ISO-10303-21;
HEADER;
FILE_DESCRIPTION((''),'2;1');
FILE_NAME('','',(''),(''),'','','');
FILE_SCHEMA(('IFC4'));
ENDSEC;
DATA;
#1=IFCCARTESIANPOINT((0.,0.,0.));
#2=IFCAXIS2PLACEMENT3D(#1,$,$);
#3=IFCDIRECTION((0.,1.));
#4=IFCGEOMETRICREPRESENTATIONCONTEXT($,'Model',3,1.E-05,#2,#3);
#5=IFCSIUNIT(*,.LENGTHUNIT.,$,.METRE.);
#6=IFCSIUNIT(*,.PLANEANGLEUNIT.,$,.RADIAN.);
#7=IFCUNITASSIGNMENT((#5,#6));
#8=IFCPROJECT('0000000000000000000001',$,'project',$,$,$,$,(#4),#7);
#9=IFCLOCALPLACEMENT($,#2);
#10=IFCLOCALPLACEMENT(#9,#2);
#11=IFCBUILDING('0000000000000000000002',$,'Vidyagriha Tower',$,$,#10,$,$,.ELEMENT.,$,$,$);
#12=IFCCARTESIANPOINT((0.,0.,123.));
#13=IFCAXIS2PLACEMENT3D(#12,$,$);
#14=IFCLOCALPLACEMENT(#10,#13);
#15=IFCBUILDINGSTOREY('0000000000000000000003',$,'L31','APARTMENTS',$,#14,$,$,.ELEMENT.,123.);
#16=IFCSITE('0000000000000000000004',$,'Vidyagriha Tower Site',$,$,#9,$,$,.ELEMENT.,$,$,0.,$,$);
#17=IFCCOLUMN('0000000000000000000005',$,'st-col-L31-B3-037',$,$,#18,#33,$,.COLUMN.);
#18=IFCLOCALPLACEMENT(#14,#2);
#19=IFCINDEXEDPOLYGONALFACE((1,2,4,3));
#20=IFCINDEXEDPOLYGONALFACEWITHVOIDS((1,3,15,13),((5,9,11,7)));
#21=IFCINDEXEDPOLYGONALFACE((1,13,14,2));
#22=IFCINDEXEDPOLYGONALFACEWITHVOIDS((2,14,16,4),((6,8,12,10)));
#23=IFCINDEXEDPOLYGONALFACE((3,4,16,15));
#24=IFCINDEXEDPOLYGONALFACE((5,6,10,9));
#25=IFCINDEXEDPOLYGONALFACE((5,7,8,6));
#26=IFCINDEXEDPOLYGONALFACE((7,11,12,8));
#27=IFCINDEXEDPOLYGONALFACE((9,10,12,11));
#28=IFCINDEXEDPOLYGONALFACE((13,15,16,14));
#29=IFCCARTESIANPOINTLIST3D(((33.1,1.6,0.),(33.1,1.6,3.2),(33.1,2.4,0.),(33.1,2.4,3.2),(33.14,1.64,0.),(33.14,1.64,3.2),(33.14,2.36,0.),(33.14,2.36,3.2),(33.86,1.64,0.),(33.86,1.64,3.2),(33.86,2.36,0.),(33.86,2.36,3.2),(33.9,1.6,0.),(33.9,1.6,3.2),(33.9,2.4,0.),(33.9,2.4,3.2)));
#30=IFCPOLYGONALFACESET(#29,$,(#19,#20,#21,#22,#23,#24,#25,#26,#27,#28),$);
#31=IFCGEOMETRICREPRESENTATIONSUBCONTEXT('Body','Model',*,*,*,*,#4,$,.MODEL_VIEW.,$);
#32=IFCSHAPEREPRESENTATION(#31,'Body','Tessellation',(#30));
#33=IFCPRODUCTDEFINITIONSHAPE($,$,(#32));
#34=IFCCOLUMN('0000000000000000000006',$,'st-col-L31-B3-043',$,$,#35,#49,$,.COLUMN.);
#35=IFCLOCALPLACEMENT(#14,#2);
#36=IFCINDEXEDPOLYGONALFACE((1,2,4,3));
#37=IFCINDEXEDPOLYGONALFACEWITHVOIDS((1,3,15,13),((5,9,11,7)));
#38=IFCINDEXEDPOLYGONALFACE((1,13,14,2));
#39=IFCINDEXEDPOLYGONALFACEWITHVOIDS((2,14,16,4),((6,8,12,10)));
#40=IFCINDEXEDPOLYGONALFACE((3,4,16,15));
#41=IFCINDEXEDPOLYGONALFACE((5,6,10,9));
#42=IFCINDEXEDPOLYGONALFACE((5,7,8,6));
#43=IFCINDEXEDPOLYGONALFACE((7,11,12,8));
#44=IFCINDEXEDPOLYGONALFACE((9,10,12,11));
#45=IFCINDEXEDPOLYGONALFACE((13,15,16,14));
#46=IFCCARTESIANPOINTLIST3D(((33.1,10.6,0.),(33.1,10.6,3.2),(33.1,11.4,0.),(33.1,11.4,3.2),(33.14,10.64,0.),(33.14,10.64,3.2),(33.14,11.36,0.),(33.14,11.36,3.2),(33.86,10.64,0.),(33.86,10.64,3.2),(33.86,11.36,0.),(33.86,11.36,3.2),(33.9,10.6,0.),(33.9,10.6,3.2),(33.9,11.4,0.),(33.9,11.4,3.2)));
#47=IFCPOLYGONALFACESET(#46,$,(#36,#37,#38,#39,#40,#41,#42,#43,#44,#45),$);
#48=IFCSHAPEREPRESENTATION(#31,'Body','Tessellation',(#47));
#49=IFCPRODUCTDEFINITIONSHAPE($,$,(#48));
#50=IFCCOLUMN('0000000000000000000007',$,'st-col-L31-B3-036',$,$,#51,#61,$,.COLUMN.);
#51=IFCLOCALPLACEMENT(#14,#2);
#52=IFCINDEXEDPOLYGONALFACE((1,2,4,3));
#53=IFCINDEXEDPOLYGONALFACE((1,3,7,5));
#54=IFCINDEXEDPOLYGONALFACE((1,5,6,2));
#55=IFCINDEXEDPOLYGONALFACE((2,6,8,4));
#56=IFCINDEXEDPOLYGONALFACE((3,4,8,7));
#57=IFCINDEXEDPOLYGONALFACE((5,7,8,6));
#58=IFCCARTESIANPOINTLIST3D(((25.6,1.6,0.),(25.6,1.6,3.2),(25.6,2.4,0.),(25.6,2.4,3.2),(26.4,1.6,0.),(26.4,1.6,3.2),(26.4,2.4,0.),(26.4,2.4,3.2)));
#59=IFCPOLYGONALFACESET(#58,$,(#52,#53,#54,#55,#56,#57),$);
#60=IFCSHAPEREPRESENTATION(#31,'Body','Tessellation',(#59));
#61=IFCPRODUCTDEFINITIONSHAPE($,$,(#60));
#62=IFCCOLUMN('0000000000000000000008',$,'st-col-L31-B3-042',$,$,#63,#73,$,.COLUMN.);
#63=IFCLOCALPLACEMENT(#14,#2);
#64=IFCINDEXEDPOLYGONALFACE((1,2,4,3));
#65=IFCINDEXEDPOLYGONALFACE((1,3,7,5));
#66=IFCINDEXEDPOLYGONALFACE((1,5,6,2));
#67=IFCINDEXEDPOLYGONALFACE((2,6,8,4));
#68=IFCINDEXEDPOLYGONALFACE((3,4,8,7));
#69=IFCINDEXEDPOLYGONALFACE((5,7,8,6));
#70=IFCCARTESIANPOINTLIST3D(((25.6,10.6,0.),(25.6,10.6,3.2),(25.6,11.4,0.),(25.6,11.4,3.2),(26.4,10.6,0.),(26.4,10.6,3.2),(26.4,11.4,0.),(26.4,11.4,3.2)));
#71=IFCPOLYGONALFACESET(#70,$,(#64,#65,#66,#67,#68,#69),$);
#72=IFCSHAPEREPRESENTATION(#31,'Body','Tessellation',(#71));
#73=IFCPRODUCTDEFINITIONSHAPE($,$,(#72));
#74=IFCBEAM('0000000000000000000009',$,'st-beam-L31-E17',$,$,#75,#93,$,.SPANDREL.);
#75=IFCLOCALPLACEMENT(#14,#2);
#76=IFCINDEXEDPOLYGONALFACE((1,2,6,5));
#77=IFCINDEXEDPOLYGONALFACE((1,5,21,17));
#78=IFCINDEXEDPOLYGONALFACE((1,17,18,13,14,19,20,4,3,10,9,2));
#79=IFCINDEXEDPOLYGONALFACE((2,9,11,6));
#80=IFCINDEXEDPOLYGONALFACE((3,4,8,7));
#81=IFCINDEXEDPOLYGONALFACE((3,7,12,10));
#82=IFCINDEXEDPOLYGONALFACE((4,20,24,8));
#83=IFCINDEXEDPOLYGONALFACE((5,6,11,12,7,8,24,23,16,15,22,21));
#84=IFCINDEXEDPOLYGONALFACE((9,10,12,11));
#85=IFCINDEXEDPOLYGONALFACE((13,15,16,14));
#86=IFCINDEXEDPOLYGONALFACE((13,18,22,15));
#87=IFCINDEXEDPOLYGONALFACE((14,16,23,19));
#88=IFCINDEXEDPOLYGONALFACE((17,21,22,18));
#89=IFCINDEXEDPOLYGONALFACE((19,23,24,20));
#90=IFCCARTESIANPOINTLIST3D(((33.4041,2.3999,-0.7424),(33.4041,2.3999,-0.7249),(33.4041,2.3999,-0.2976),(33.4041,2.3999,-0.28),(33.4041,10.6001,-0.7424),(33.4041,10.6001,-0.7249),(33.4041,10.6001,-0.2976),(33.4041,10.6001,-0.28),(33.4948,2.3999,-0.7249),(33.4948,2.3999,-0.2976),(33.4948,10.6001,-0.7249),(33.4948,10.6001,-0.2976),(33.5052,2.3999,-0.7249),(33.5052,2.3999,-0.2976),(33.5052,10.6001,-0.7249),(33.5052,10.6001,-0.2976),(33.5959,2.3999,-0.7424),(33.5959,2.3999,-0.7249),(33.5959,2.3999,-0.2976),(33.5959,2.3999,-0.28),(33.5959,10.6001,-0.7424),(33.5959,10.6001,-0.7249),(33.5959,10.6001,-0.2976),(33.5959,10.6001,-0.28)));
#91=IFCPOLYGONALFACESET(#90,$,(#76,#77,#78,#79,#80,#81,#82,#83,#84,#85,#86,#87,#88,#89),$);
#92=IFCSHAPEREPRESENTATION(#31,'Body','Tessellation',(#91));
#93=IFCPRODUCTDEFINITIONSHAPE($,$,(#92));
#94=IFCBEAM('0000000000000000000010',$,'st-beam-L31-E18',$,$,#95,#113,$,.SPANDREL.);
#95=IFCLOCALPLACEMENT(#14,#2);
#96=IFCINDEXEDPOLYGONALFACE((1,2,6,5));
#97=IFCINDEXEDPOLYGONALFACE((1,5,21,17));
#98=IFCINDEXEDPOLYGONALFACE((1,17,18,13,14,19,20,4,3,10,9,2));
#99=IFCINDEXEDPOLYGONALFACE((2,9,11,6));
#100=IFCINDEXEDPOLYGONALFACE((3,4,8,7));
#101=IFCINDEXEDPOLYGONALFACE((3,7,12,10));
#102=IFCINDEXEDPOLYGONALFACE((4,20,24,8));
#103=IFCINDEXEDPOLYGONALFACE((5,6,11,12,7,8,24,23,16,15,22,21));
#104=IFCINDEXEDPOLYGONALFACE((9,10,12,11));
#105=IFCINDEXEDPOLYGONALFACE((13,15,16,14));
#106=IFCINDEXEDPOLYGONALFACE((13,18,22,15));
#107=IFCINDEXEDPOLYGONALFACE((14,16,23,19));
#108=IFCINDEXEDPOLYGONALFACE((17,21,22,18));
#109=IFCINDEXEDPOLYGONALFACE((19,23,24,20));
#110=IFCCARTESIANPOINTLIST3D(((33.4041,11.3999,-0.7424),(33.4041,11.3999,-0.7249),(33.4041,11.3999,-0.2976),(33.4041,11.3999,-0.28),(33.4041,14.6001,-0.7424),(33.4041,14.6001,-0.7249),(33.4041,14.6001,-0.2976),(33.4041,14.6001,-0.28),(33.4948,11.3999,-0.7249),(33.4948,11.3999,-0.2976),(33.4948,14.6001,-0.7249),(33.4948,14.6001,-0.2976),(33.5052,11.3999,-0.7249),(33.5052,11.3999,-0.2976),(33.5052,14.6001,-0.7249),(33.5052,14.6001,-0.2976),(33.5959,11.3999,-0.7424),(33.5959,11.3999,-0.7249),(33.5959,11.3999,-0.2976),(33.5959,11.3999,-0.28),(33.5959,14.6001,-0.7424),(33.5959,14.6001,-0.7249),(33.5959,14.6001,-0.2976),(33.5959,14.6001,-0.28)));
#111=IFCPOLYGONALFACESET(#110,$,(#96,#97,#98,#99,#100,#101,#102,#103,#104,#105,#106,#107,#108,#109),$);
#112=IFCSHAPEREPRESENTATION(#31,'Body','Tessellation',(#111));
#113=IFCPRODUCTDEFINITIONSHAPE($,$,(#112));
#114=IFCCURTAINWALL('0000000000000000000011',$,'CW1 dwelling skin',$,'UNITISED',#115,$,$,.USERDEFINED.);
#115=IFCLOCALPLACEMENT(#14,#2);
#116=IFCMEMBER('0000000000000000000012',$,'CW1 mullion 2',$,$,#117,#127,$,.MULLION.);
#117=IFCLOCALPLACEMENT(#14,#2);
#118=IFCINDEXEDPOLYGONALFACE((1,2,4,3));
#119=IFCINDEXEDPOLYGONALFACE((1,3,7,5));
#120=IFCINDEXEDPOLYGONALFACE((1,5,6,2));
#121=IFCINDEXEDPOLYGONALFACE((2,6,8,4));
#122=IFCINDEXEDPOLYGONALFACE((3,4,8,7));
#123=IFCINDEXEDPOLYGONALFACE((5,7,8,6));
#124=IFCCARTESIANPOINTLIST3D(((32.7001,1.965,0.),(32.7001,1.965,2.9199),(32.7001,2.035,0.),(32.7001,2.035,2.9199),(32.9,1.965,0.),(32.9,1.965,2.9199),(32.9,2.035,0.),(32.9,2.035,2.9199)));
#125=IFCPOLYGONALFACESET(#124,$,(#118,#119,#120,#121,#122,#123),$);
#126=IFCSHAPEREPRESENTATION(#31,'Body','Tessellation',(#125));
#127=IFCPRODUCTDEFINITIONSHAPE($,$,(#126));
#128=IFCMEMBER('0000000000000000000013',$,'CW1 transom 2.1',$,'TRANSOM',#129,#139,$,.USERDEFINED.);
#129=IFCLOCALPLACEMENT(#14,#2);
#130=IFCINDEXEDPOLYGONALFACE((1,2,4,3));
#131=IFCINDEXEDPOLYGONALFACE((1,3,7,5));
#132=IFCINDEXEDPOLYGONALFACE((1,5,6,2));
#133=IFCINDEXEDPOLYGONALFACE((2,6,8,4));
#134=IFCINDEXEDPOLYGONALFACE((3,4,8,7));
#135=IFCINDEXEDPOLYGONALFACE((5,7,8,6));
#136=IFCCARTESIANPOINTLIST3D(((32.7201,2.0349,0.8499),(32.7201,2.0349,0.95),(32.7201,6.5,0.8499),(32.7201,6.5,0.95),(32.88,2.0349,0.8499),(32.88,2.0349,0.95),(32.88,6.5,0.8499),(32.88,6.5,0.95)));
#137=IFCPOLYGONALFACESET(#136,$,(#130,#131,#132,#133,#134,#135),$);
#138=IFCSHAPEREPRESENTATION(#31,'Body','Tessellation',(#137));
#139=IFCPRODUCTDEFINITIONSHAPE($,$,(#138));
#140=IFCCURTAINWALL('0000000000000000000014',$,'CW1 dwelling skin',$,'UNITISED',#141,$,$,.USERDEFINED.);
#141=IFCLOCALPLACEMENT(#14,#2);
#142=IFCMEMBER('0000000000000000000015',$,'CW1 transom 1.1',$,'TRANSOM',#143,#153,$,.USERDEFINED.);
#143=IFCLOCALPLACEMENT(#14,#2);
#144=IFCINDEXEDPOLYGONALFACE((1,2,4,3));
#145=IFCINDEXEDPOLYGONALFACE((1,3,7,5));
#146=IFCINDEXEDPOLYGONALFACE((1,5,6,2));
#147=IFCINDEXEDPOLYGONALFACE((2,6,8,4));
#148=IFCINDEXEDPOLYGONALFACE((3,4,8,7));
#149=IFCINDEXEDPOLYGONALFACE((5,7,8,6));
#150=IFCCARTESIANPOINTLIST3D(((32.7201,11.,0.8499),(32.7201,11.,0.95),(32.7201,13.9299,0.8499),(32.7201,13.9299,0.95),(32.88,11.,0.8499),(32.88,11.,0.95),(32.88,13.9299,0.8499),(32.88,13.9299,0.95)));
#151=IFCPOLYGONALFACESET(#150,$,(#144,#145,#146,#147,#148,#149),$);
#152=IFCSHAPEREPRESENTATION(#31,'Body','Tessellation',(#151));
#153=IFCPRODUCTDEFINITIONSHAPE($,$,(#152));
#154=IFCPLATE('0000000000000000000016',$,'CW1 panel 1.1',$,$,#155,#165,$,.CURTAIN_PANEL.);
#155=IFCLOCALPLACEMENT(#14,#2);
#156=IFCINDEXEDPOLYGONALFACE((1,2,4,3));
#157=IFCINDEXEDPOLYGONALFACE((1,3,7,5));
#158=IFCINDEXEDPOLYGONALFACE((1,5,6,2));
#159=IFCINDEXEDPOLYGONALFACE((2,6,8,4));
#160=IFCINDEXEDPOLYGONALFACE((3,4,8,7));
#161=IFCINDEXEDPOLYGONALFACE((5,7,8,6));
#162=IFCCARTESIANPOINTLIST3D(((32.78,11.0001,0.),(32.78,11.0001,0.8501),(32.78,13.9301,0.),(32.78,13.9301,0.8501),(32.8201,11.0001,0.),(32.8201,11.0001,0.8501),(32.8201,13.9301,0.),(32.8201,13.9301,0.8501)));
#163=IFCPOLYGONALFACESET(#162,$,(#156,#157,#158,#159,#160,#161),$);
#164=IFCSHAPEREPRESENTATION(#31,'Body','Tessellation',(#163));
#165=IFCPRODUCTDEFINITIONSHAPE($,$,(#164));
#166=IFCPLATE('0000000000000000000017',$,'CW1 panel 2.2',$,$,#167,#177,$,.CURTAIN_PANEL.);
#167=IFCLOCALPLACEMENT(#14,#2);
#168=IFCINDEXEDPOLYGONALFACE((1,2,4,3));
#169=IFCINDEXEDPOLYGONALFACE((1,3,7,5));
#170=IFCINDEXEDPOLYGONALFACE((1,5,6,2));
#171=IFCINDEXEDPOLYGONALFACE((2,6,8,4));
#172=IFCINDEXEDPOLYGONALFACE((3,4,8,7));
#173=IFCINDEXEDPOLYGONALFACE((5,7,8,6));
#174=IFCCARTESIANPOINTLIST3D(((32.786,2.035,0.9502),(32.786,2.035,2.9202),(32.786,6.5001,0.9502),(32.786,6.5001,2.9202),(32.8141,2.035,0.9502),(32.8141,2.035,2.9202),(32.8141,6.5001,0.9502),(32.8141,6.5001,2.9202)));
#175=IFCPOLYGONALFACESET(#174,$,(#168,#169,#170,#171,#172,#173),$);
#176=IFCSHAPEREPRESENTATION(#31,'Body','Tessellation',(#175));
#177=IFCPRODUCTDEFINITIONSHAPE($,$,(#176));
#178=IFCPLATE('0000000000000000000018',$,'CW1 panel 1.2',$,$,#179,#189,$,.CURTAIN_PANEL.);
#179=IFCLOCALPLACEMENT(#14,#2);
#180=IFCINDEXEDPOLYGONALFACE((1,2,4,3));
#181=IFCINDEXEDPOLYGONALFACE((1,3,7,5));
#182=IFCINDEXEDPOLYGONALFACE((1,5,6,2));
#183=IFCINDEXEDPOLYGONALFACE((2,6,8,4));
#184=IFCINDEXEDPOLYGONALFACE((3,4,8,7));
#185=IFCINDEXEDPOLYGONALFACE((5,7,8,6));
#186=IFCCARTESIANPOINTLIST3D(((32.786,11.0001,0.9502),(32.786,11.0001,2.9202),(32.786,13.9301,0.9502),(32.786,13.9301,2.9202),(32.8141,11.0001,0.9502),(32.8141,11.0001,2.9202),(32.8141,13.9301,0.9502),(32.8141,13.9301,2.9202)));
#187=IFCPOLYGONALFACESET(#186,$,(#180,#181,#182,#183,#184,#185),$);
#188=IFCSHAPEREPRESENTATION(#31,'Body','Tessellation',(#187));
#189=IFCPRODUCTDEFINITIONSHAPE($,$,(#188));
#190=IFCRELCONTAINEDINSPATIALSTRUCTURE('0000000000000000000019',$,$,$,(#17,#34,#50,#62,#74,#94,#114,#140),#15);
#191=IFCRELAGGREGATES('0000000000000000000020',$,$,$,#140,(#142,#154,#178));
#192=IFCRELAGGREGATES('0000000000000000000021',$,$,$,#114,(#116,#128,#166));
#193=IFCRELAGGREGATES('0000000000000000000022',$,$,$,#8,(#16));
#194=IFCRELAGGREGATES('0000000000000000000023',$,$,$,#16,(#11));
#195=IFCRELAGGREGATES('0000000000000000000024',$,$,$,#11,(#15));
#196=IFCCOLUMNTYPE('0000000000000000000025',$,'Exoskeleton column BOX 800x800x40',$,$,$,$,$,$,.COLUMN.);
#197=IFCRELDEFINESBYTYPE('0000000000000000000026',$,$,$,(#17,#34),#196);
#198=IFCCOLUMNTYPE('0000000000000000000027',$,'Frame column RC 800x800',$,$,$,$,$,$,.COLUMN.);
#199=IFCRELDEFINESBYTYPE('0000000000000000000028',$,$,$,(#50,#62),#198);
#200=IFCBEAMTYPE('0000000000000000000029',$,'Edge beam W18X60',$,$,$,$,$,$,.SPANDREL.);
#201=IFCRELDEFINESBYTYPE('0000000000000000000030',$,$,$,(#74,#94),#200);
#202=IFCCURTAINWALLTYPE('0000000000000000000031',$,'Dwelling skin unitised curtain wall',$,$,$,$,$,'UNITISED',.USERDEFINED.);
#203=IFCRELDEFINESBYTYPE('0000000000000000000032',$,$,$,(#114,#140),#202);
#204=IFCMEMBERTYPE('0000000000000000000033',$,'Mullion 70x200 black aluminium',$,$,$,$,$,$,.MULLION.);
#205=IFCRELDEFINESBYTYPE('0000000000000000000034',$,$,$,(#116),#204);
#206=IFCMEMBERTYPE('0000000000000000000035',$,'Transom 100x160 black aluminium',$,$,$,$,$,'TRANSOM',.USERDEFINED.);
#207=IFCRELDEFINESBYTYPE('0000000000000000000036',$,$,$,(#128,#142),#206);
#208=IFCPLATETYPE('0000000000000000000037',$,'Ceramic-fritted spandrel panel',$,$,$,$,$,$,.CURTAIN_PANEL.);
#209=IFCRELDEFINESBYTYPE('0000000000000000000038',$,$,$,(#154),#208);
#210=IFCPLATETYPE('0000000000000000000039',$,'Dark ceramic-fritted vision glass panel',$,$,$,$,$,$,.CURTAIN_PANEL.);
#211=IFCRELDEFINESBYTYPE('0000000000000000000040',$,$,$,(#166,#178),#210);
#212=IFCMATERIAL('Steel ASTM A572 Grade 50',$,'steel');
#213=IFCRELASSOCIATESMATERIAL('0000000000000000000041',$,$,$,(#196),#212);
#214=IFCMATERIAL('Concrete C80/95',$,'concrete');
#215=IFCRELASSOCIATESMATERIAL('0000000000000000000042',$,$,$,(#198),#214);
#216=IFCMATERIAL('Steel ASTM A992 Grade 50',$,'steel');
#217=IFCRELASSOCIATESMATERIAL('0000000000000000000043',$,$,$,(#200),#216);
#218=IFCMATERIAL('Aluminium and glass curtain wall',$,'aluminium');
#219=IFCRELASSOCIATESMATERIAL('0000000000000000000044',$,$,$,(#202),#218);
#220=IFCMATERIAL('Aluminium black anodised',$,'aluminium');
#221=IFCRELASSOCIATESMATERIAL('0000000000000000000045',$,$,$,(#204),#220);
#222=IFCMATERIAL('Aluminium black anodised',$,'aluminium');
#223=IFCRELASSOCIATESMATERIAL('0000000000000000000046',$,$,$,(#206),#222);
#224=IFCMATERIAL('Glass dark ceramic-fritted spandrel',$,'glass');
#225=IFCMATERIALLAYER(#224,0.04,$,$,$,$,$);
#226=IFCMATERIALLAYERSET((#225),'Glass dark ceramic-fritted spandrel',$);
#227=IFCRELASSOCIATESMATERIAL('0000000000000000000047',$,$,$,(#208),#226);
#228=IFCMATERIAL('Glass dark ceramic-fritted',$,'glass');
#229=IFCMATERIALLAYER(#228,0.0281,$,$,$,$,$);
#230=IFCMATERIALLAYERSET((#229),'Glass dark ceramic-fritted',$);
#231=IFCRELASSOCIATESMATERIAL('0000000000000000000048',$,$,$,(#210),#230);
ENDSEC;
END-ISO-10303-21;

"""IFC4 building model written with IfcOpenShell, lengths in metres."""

from ifc_helpers import new_model, si_unit, direction, frame, origin, origin_2d, place, context, subcontext, project, spatial, rectangle, hollow_rectangle, i_section, extrude, material, layer, layer_set, material_profile, profile_set, type_object, element, aggregate, save


model = new_model("IFC4")

# Units and contexts
model_context = context("Model", 3, precision=1e-05, world=origin(), true_north=direction((0.0, 1.0)))
body_context = subcontext(model_context, "Body", "Model", "MODEL_VIEW")
ifc_project = project(units=[si_unit("LENGTHUNIT", "METRE"), si_unit("PLANEANGLEUNIT", "RADIAN")], contexts=[model_context])

# Site, building, storey
site_placement = place(None, origin())
site = spatial("IfcSite", under=ifc_project, at=site_placement, Name="Vidyagriha Tower Site", CompositionType="ELEMENT", RefElevation=0.0)
building_placement = place(site_placement, origin())
building = spatial("IfcBuilding", under=site, at=building_placement, Name="Vidyagriha Tower", CompositionType="ELEMENT")
storey_placement = place(building_placement, frame((0.0, 0.0, 123.0)))
storey = spatial("IfcBuildingStorey", under=building, at=storey_placement, Name="L31", Description="APARTMENTS", CompositionType="ELEMENT", Elevation=123.0)

# Columns
ifc_material_1 = material(Name="Steel ASTM A572 Grade 50", Category="steel")
ifc_material_profile_1 = material_profile(ifc_material_1, hollow_rectangle(XDim=0.8, YDim=0.8, WallThickness=0.04, at=origin_2d()), Name="BOX 800x800x40")
ifc_profile_set_1 = profile_set([ifc_material_profile_1], Name="Steel ASTM A572 Grade 50")
column_type_1 = type_object("IfcColumnType", Name="Exoskeleton column BOX 800x800x40", PredefinedType="COLUMN", material=ifc_profile_set_1)
for number, where, name in (
    (1, (33.5, 2.0, 0.0), "st-col-L31-B3-037"),
    (2, (33.5, 11.0, 0.0), "st-col-L31-B3-043"),
):
    element("IfcColumn", number, at=place(storey_placement, frame(where)), inside=storey, type_object=column_type_1, Name=name, PredefinedType="COLUMN", context=body_context, shape_type="SweptSolid", body=[
        extrude(hollow_rectangle(XDim=0.8, YDim=0.8, WallThickness=0.04, at=origin_2d()), origin(), (0.0, 0.0, 1.0), 3.2),
    ])
ifc_material_2 = material(Name="Concrete C80/95", Category="concrete")
ifc_material_profile_2 = material_profile(ifc_material_2, rectangle(XDim=0.8, YDim=0.8, at=origin_2d()), Name="RC 800x800")
ifc_profile_set_2 = profile_set([ifc_material_profile_2], Name="Concrete C80/95")
column_type_2 = type_object("IfcColumnType", Name="Frame column RC 800x800", PredefinedType="COLUMN", material=ifc_profile_set_2)
for number, where, name in (
    (3, (26.0, 2.0, 0.0), "st-col-L31-B3-036"),
    (4, (26.0, 11.0, 0.0), "st-col-L31-B3-042"),
):
    element("IfcColumn", number, at=place(storey_placement, frame(where)), inside=storey, type_object=column_type_2, Name=name, PredefinedType="COLUMN", context=body_context, shape_type="SweptSolid", body=[
        extrude(rectangle(XDim=0.8, YDim=0.8, at=origin_2d()), origin(), (0.0, 0.0, 1.0), 3.2),
    ])

# Beams
ifc_material_3 = material(Name="Steel ASTM A992 Grade 50", Category="steel")
ifc_material_profile_3 = material_profile(ifc_material_3, i_section(OverallWidth=0.1919, OverallDepth=0.4624, WebThickness=0.0105, FlangeThickness=0.0176, at=origin_2d()), Name="W18X60")
ifc_profile_set_3 = profile_set([ifc_material_profile_3], Name="Steel ASTM A992 Grade 50")
beam_type = type_object("IfcBeamType", Name="Edge beam W18X60", PredefinedType="SPANDREL", material=ifc_profile_set_3)
beam_1_placement = place(storey_placement, frame((33.5, 2.3999, -0.5112), z_axis=(0.0, 1.0, 0.0), x_axis=(-1.0, 0.0, 0.0)))
element("IfcBeam", 5, at=beam_1_placement, inside=storey, type_object=beam_type, Name="st-beam-L31-E17", PredefinedType="SPANDREL", context=body_context, shape_type="SweptSolid", body=[
    extrude(i_section(OverallWidth=0.1919, OverallDepth=0.4624, WebThickness=0.0105, FlangeThickness=0.0176, at=origin_2d()), origin(), (0.0, 0.0, 1.0), 8.2002),
])
beam_2_placement = place(storey_placement, frame((33.5, 11.3999, -0.5112), z_axis=(0.0, 1.0, 0.0), x_axis=(-1.0, 0.0, 0.0)))
element("IfcBeam", 6, at=beam_2_placement, inside=storey, type_object=beam_type, Name="st-beam-L31-E18", PredefinedType="SPANDREL", context=body_context, shape_type="SweptSolid", body=[
    extrude(i_section(OverallWidth=0.1919, OverallDepth=0.4624, WebThickness=0.0105, FlangeThickness=0.0176, at=origin_2d()), origin(), (0.0, 0.0, 1.0), 3.2002),
])

# Curtain wall, members
ifc_material_4 = material(Name="Aluminium and glass curtain wall", Category="aluminium")
curtain_wall_type = type_object("IfcCurtainWallType", Name="Dwelling skin unitised curtain wall", ElementType="UNITISED", PredefinedType="USERDEFINED", material=ifc_material_4)
curtain_wall_1_placement = place(storey_placement, origin())
curtain_wall_1 = element("IfcCurtainWall", 7, at=curtain_wall_1_placement, inside=storey, type_object=curtain_wall_type, Name="CW1 dwelling skin", ObjectType="UNITISED", PredefinedType="USERDEFINED")
ifc_material_5 = material(Name="Aluminium black anodised", Category="aluminium")
ifc_material_profile_4 = material_profile(ifc_material_5, rectangle(XDim=0.2, YDim=0.0701, at=origin_2d()), Name="Mullion 70x200 black aluminium")
ifc_profile_set_4 = profile_set([ifc_material_profile_4], Name="Aluminium black anodised")
member_type_1 = type_object("IfcMemberType", Name="Mullion 70x200 black aluminium", PredefinedType="MULLION", material=ifc_profile_set_4)
member_1_placement = place(storey_placement, frame((32.8, 2.0, 0.0), z_axis=(0.0, 0.0, 1.0), x_axis=(-1.0, 0.0, 0.0)))
member_1 = element("IfcMember", 8, at=member_1_placement, type_object=member_type_1, Name="CW1 mullion 2", PredefinedType="MULLION", context=body_context, shape_type="SweptSolid", body=[
    extrude(rectangle(XDim=0.2, YDim=0.0701, at=origin_2d()), origin(), (0.0, 0.0, 1.0), 2.9199),
])
ifc_material_6 = material(Name="Aluminium black anodised", Category="aluminium")
ifc_material_profile_5 = material_profile(ifc_material_6, rectangle(XDim=0.1599, YDim=0.1001, at=origin_2d()), Name="Transom 100x160 black aluminium")
ifc_profile_set_5 = profile_set([ifc_material_profile_5], Name="Aluminium black anodised")
member_type_2 = type_object("IfcMemberType", Name="Transom 100x160 black aluminium", ElementType="TRANSOM", PredefinedType="USERDEFINED", material=ifc_profile_set_5)
member_2_placement = place(storey_placement, frame((32.8, 2.0349, 0.8999), z_axis=(0.0, 1.0, 0.0), x_axis=(-1.0, 0.0, 0.0)))
member_2 = element("IfcMember", 9, at=member_2_placement, type_object=member_type_2, Name="CW1 transom 2.1", ObjectType="TRANSOM", PredefinedType="USERDEFINED", context=body_context, shape_type="SweptSolid", body=[
    extrude(rectangle(XDim=0.1599, YDim=0.1001, at=origin_2d()), origin(), (0.0, 0.0, 1.0), 4.4651),
])

# Curtain wall, member, plate
curtain_wall_2_placement = place(storey_placement, origin())
curtain_wall_2 = element("IfcCurtainWall", 10, at=curtain_wall_2_placement, inside=storey, type_object=curtain_wall_type, Name="CW1 dwelling skin", ObjectType="UNITISED", PredefinedType="USERDEFINED")
member_3_placement = place(storey_placement, frame((32.8, 11.0, 0.8999), z_axis=(0.0, 1.0, 0.0), x_axis=(-1.0, 0.0, 0.0)))
member_3 = element("IfcMember", 11, at=member_3_placement, type_object=member_type_2, Name="CW1 transom 1.1", ObjectType="TRANSOM", PredefinedType="USERDEFINED", context=body_context, shape_type="SweptSolid", body=[
    extrude(rectangle(XDim=0.1599, YDim=0.1001, at=origin_2d()), origin(), (0.0, 0.0, 1.0), 2.9299),
])
ifc_material_7 = material(Name="Glass dark ceramic-fritted spandrel", Category="glass")
ifc_layer_1 = layer(ifc_material_7, 0.04)
ifc_layer_set_1 = layer_set([ifc_layer_1], Name="Glass dark ceramic-fritted spandrel")
plate_type_1 = type_object("IfcPlateType", Name="Ceramic-fritted spandrel panel", PredefinedType="CURTAIN_PANEL", material=ifc_layer_set_1)
plate_1_placement = place(storey_placement, frame((32.8, 12.4651, 0.0), z_axis=(0.0, 0.0, 1.0), x_axis=(0.0, 1.0, 0.0)))
plate_1 = element("IfcPlate", 12, at=plate_1_placement, type_object=plate_type_1, Name="CW1 panel 1.1", PredefinedType="CURTAIN_PANEL", context=body_context, shape_type="SweptSolid", body=[
    extrude(rectangle(XDim=2.9299, YDim=0.04, at=origin_2d()), origin(), (0.0, 0.0, 1.0), 0.8501),
])

# Plates
ifc_material_8 = material(Name="Glass dark ceramic-fritted", Category="glass")
ifc_layer_2 = layer(ifc_material_8, 0.0281)
ifc_layer_set_2 = layer_set([ifc_layer_2], Name="Glass dark ceramic-fritted")
plate_type_2 = type_object("IfcPlateType", Name="Dark ceramic-fritted vision glass panel", PredefinedType="CURTAIN_PANEL", material=ifc_layer_set_2)
plate_2_placement = place(storey_placement, frame((32.8, 4.2676, 0.9502), z_axis=(0.0, 0.0, 1.0), x_axis=(0.0, 1.0, 0.0)))
plate_2 = element("IfcPlate", 13, at=plate_2_placement, type_object=plate_type_2, Name="CW1 panel 2.2", PredefinedType="CURTAIN_PANEL", context=body_context, shape_type="SweptSolid", body=[
    extrude(rectangle(XDim=4.4651, YDim=0.0281, at=origin_2d()), origin(), (0.0, 0.0, 1.0), 1.97),
])
plate_3_placement = place(storey_placement, frame((32.8, 12.4651, 0.9502), z_axis=(0.0, 0.0, 1.0), x_axis=(0.0, 1.0, 0.0)))
plate_3 = element("IfcPlate", 14, at=plate_3_placement, type_object=plate_type_2, Name="CW1 panel 1.2", PredefinedType="CURTAIN_PANEL", context=body_context, shape_type="SweptSolid", body=[
    extrude(rectangle(XDim=2.9299, YDim=0.0281, at=origin_2d()), origin(), (0.0, 0.0, 1.0), 1.97),
])
aggregate(curtain_wall_2, [member_3, plate_1, plate_3])
aggregate(curtain_wall_1, [member_1, member_2, plate_2])

save(model, "model.ifc")
